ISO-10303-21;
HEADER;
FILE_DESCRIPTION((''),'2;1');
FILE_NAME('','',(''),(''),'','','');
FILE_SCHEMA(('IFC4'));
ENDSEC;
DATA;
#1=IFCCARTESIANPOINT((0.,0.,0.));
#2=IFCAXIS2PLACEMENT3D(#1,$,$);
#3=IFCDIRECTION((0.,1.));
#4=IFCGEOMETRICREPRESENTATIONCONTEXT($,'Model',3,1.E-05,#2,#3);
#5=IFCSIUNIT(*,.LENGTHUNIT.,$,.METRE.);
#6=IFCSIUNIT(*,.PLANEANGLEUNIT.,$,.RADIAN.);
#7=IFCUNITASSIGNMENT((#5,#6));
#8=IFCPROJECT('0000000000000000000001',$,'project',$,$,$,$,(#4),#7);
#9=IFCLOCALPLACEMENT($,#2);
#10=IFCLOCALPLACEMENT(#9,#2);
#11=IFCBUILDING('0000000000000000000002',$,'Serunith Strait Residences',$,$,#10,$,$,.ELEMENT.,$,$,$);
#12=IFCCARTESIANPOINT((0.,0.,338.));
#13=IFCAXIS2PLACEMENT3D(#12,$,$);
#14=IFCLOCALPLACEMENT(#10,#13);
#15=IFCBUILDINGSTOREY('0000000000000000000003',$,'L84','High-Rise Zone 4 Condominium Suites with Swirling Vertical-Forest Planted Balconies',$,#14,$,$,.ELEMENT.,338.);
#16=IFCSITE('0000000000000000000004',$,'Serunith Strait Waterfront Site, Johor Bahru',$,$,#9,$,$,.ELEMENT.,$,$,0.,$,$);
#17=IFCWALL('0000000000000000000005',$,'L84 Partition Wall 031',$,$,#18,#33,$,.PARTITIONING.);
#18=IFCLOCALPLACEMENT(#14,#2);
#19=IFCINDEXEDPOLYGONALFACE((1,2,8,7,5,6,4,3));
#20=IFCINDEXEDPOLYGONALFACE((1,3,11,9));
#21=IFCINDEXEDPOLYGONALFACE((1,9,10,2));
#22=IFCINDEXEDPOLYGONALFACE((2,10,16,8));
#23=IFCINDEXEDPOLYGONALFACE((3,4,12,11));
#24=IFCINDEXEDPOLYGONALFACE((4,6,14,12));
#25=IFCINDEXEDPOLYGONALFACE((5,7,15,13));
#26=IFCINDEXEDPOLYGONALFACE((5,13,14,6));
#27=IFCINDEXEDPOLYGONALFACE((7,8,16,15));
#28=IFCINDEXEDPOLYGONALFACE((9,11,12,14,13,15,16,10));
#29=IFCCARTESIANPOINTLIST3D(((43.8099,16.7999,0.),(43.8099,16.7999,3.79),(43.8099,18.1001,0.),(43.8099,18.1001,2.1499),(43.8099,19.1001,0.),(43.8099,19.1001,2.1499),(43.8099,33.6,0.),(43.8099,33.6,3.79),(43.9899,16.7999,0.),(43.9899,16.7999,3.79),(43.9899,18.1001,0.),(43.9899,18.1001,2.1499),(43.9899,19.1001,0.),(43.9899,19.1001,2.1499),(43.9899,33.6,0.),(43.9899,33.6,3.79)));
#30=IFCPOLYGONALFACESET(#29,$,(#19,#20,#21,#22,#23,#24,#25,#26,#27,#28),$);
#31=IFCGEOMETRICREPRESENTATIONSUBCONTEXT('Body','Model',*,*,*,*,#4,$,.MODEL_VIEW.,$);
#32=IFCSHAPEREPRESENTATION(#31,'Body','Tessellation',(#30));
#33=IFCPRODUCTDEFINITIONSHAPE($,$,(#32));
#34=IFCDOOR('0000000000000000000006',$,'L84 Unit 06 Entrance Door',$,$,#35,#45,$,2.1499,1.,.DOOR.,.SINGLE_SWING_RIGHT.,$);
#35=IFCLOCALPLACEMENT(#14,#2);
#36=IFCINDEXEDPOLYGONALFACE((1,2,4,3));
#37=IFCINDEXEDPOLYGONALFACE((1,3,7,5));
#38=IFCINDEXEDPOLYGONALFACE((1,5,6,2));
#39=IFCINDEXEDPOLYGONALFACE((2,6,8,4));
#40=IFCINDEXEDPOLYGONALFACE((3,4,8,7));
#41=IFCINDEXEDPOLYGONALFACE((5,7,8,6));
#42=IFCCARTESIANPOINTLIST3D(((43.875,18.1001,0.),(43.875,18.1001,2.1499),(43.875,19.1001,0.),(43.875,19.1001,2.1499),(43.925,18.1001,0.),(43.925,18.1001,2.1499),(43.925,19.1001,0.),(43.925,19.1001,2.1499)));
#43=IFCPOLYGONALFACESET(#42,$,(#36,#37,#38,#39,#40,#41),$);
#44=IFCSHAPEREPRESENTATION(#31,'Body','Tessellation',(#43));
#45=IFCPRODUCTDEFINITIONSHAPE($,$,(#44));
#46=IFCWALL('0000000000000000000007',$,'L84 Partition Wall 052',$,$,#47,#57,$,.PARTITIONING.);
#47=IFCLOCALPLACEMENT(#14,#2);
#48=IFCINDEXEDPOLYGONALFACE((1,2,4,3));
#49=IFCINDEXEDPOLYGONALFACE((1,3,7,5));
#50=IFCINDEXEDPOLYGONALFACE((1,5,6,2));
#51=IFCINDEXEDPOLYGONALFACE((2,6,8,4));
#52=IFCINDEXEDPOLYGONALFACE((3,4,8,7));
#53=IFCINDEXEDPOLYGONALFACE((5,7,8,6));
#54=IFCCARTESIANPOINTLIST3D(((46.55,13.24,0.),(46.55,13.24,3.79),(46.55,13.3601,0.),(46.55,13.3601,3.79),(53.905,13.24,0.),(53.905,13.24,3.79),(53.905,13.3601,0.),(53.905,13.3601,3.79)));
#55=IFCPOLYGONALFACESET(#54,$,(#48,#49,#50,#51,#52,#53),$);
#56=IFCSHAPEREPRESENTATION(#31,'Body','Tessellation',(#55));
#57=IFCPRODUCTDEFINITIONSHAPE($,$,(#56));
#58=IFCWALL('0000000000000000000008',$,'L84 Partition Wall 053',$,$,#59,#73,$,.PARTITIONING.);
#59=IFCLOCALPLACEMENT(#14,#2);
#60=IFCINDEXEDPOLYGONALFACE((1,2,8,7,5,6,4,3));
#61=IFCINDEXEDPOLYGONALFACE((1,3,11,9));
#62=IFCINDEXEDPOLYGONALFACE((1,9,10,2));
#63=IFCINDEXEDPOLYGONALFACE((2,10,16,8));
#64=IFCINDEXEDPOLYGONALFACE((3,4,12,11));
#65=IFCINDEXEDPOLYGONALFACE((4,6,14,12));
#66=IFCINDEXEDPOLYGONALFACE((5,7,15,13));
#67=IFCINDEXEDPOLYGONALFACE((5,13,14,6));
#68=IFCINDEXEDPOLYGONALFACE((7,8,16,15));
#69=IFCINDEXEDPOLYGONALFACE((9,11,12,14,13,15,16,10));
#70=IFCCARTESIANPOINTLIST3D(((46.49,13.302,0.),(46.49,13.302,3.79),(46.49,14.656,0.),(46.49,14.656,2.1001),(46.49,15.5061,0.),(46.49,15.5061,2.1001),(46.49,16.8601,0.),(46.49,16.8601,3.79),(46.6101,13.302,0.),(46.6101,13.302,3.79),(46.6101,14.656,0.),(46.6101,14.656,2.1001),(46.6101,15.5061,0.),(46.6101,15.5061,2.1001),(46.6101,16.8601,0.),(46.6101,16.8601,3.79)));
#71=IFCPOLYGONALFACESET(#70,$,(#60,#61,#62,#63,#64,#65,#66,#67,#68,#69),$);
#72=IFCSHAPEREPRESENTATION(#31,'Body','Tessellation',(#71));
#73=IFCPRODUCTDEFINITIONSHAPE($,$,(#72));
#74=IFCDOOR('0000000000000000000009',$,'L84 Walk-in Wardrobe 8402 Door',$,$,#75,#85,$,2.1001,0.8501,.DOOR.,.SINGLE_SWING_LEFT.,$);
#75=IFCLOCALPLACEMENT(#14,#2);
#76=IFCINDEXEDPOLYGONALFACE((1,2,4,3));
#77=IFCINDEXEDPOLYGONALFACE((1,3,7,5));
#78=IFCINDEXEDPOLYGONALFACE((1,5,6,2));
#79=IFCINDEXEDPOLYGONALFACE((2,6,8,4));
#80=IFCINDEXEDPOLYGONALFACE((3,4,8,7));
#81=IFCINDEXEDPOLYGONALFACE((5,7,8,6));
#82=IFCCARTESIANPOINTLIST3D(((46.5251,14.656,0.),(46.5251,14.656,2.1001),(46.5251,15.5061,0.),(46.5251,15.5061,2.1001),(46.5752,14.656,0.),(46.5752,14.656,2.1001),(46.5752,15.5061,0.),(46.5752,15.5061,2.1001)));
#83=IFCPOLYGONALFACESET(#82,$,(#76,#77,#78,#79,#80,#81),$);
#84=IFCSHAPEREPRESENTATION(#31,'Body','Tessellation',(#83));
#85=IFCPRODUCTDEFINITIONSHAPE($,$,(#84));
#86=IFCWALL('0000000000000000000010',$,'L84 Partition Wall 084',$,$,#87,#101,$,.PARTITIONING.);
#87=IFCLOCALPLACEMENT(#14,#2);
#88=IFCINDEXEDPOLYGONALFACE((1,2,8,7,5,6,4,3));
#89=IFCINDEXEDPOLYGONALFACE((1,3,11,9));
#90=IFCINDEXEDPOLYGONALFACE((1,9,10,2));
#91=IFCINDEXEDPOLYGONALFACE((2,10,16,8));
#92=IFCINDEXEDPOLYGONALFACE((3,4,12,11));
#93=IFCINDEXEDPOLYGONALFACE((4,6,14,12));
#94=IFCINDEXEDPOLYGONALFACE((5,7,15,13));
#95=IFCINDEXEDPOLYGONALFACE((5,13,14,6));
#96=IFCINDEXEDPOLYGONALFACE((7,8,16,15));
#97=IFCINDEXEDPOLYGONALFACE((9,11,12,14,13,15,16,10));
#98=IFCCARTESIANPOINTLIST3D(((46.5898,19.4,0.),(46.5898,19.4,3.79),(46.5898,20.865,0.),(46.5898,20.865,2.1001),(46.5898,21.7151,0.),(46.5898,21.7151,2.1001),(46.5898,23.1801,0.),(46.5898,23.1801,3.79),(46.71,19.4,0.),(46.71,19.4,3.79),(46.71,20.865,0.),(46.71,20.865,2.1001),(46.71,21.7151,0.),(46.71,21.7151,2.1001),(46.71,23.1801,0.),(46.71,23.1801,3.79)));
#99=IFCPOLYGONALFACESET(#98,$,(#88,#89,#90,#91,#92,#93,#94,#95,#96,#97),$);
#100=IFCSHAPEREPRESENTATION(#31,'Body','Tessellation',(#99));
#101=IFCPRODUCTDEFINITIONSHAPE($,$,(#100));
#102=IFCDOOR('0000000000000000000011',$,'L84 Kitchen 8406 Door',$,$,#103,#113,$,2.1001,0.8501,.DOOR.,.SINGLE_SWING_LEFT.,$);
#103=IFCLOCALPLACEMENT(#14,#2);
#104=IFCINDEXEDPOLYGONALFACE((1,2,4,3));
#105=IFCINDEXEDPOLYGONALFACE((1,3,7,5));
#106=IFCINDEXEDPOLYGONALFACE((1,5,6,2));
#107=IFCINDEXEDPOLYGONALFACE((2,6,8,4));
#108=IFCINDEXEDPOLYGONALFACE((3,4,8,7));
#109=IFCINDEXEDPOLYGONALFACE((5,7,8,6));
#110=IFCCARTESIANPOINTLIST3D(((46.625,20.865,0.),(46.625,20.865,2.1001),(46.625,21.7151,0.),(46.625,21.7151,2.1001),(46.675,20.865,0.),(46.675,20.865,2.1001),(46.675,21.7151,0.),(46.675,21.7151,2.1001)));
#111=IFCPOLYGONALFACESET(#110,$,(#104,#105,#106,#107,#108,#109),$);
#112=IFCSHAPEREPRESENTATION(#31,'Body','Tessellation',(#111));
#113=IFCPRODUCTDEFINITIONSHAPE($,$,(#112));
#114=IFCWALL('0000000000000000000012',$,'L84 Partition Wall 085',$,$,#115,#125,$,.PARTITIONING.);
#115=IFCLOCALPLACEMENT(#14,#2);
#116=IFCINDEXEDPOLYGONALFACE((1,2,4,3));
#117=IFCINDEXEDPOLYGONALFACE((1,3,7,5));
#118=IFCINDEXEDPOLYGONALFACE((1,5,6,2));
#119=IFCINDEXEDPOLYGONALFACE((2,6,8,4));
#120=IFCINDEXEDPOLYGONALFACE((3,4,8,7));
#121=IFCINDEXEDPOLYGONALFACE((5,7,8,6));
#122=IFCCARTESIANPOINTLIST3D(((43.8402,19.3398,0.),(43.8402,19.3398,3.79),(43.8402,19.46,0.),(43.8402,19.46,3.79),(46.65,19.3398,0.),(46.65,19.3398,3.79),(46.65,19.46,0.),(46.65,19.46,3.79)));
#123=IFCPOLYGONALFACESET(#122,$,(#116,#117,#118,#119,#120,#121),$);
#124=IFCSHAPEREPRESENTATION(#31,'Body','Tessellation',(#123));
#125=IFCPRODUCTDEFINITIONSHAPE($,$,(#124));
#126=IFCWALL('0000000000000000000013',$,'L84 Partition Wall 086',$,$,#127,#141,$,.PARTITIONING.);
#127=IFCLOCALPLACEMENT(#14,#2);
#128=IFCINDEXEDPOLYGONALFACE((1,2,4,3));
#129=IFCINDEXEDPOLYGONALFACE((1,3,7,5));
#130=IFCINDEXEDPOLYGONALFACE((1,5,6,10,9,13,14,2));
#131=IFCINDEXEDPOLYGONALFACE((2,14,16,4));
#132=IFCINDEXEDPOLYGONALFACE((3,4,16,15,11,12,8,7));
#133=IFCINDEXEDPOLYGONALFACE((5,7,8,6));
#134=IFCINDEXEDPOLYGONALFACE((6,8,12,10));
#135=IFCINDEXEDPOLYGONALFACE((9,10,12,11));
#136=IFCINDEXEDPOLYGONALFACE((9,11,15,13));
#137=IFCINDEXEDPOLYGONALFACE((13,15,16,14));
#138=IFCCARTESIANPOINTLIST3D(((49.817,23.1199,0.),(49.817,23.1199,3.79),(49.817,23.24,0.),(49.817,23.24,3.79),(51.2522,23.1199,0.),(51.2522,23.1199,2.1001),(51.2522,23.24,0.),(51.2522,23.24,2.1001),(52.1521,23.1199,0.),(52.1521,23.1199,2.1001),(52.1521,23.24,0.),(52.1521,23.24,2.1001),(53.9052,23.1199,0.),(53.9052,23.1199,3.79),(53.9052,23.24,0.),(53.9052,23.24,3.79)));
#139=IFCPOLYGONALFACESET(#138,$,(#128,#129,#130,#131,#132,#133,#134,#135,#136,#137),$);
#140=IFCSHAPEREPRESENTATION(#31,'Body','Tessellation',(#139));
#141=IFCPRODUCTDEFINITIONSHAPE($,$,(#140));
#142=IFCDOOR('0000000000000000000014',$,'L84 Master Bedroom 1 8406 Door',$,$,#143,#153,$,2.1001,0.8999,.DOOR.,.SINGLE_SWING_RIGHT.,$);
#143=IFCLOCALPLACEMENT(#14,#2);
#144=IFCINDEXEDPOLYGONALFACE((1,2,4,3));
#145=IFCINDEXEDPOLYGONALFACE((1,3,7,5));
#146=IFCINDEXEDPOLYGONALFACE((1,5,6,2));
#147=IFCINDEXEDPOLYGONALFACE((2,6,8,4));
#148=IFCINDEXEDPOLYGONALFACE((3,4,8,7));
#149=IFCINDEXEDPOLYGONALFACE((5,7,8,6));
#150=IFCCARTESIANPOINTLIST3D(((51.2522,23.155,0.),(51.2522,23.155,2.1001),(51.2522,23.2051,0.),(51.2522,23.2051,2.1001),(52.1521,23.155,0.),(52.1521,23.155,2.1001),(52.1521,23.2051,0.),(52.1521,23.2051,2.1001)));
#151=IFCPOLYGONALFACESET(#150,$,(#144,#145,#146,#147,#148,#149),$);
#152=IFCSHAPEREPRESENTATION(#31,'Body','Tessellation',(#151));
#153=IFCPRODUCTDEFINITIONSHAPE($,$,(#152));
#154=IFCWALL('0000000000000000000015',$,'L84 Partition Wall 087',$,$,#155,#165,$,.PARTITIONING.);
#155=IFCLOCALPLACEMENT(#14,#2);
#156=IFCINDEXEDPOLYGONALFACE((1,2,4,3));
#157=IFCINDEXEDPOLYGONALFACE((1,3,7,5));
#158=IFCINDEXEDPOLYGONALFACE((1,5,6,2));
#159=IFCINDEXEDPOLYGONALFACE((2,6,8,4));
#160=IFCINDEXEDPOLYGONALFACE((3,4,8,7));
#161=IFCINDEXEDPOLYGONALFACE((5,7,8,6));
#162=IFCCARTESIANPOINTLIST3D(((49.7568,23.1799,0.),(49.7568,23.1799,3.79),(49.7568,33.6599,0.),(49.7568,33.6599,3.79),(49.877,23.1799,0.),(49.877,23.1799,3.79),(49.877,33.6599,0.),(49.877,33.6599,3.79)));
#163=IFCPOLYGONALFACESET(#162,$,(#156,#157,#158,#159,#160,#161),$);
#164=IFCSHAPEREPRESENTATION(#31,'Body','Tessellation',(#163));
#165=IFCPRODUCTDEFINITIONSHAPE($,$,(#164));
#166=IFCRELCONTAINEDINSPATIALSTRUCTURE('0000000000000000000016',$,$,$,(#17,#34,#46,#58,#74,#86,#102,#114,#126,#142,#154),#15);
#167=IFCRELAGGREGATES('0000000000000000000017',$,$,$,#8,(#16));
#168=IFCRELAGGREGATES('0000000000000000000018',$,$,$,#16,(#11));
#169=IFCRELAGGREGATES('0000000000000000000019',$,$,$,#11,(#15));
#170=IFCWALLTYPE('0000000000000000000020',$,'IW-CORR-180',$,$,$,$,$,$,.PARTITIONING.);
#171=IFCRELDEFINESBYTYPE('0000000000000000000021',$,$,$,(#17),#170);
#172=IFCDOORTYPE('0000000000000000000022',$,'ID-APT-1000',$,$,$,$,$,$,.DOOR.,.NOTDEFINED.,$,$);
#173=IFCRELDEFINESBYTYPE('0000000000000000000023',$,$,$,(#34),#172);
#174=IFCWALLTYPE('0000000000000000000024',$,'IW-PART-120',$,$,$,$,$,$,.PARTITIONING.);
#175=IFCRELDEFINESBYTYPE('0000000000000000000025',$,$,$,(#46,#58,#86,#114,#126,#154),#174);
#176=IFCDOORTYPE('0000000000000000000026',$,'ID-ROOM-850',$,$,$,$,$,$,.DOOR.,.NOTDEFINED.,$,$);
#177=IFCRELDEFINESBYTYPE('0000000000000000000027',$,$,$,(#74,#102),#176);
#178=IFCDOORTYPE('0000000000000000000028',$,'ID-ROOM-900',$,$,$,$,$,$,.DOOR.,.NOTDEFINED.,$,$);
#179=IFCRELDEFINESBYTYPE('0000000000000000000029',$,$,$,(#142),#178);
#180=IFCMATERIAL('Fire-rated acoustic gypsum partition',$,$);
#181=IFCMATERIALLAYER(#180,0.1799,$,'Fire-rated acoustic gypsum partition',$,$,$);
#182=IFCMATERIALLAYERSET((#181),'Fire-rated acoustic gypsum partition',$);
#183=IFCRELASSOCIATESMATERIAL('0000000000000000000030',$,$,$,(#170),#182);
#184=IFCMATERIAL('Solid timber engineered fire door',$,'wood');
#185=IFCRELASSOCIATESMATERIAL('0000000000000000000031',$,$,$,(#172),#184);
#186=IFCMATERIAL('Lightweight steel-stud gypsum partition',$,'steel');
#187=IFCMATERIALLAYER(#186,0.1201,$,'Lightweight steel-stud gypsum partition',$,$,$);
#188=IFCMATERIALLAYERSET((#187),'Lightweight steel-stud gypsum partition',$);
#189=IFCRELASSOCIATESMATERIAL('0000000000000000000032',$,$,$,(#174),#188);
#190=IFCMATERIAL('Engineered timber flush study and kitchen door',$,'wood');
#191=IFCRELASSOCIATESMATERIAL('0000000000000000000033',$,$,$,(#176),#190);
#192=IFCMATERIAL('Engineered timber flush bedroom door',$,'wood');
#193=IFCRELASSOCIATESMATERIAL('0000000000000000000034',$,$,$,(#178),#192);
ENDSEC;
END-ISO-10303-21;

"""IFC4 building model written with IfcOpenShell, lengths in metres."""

from ifc_helpers import new_model, si_unit, direction, frame, frame_2d, origin, place, context, subcontext, project, spatial, rectangle, extrude, source, transform, mapped, material, layer, layer_set, type_object, element, fill, save


model = new_model("IFC4")

# Units and contexts
model_context = context("Model", 3, precision=1e-05, world=origin(), true_north=direction((0.0, 1.0)))
body_context = subcontext(model_context, "Body", "Model", "MODEL_VIEW")
ifc_project = project(units=[si_unit("LENGTHUNIT", "METRE"), si_unit("PLANEANGLEUNIT", "RADIAN")], contexts=[model_context])

# Site, building, storey
site_placement = place(None, origin())
site = spatial("IfcSite", under=ifc_project, at=site_placement, Name="Serunith Strait Waterfront Site, Johor Bahru", CompositionType="ELEMENT", RefElevation=0.0)
building_placement = place(site_placement, origin())
building = spatial("IfcBuilding", under=site, at=building_placement, Name="Serunith Strait Residences", CompositionType="ELEMENT")
storey_placement = place(building_placement, frame((0.0, 0.0, 338.0)))
storey = spatial("IfcBuildingStorey", under=building, at=storey_placement, Name="L84", Description="High-Rise Zone 4 Condominium Suites with Swirling Vertical-Forest Planted Balconies", CompositionType="ELEMENT", Elevation=338.0)

# Wall, opening, door
ifc_material_1 = material(Name="Fire-rated acoustic gypsum partition")
ifc_layer_1 = layer(ifc_material_1, 0.1799, Name="Fire-rated acoustic gypsum partition")
ifc_layer_set_1 = layer_set([ifc_layer_1], Name="Fire-rated acoustic gypsum partition")
wall_type_1 = type_object("IfcWallType", Name="IW-CORR-180", PredefinedType="PARTITIONING", material=ifc_layer_set_1)
wall_1_placement = place(storey_placement, frame((43.8999, 16.8, 0.0), z_axis=(0.0, 0.0, 1.0), x_axis=(0.0, 1.0, 0.0)))
wall_1 = element("IfcWall", 1, at=wall_1_placement, inside=storey, type_object=wall_type_1, Name="L84 Partition Wall 031", PredefinedType="PARTITIONING", context=body_context, shape_type="SweptSolid", body=[
    extrude(rectangle(XDim=16.8, YDim=0.1799, at=frame_2d((8.3999, 0.0))), origin(), (0.0, 0.0, 1.0), 3.79),
])
opening_1_placement = place(wall_1_placement, frame((1.3, 0.0, 0.0)))
opening_1 = element("IfcOpeningElement", 2, at=opening_1_placement, cuts=wall_1, PredefinedType="OPENING", context=body_context, shape_type="SweptSolid", body=[
    extrude(rectangle(XDim=1.0, YDim=2.1499, at=frame_2d((0.5, 1.075))), frame((0.0, 0.1001, 0.0), z_axis=(0.0, -1.0, 0.0), x_axis=(1.0, 0.0, 0.0)), (0.0, 0.0, 1.0), 0.2),
])
ifc_material_2 = material(Name="Solid timber engineered fire door", Category="wood")
door_type_1 = type_object("IfcDoorType", Name="ID-APT-1000", OperationType="NOTDEFINED", PredefinedType="DOOR", material=ifc_material_2)
shared_shape_1 = source(origin(), body_context, "Body", "SweptSolid", [
    extrude(rectangle(XDim=1.0, YDim=2.1499, at=frame_2d((0.5, 1.075))), frame((0.0, 0.0249, 0.0), z_axis=(0.0, -1.0, 0.0), x_axis=(1.0, 0.0, 0.0)), (0.0, 0.0, 1.0), 0.05),
])
door_1_placement = place(opening_1_placement, origin())
door_1 = element("IfcDoor", 3, at=door_1_placement, inside=storey, type_object=door_type_1, Name="L84 Unit 06 Entrance Door", OperationType="SINGLE_SWING_RIGHT", OverallHeight=2.1499, OverallWidth=1.0, PredefinedType="DOOR", context=body_context, shape_type="MappedRepresentation", body=[
    mapped(shared_shape_1, transform((0.0, 0.0, 0.0), scale=1.0)),
])
fill(opening_1, door_1)

# Wall
ifc_material_3 = material(Name="Lightweight steel-stud gypsum partition", Category="steel")
ifc_layer_2 = layer(ifc_material_3, 0.1201, Name="Lightweight steel-stud gypsum partition")
ifc_layer_set_2 = layer_set([ifc_layer_2], Name="Lightweight steel-stud gypsum partition")
wall_type_2 = type_object("IfcWallType", Name="IW-PART-120", PredefinedType="PARTITIONING", material=ifc_layer_set_2)
wall_2_placement = place(storey_placement, frame((46.55, 13.3, 0.0), z_axis=(0.0, 0.0, 1.0), x_axis=(1.0, 0.0, 0.0)))
element("IfcWall", 4, at=wall_2_placement, inside=storey, type_object=wall_type_2, Name="L84 Partition Wall 052", PredefinedType="PARTITIONING", context=body_context, shape_type="SweptSolid", body=[
    extrude(rectangle(XDim=7.355, YDim=0.1201, at=frame_2d((3.6775, 0.0))), origin(), (0.0, 0.0, 1.0), 3.79),
])

# Walls, openings, doors
wall_3_placement = place(storey_placement, frame((46.55, 13.302, 0.0), z_axis=(0.0, 0.0, 1.0), x_axis=(0.0, 1.0, 0.0)))
wall_3 = element("IfcWall", 5, at=wall_3_placement, inside=storey, type_object=wall_type_2, Name="L84 Partition Wall 053", PredefinedType="PARTITIONING", context=body_context, shape_type="SweptSolid", body=[
    extrude(rectangle(XDim=3.5581, YDim=0.1201, at=frame_2d((1.7791, 0.0))), origin(), (0.0, 0.0, 1.0), 3.79),
])
opening_2_placement = place(wall_3_placement, frame((1.354, 0.0, 0.0)))
opening_2 = element("IfcOpeningElement", 6, at=opening_2_placement, cuts=wall_3, PredefinedType="OPENING", context=body_context, shape_type="SweptSolid", body=[
    extrude(rectangle(XDim=0.8501, YDim=2.1001, at=frame_2d((0.425, 1.05))), frame((0.0, 0.0701, 0.0), z_axis=(0.0, -1.0, 0.0), x_axis=(1.0, 0.0, 0.0)), (0.0, 0.0, 1.0), 0.1401),
])
ifc_material_4 = material(Name="Engineered timber flush study and kitchen door", Category="wood")
door_type_2 = type_object("IfcDoorType", Name="ID-ROOM-850", OperationType="NOTDEFINED", PredefinedType="DOOR", material=ifc_material_4)
shared_shape_2 = source(origin(), body_context, "Body", "SweptSolid", [
    extrude(rectangle(XDim=0.8501, YDim=2.1001, at=frame_2d((0.425, 1.05))), frame((0.0, 0.0249, 0.0), z_axis=(0.0, -1.0, 0.0), x_axis=(1.0, 0.0, 0.0)), (0.0, 0.0, 1.0), 0.05),
])
door_2_placement = place(opening_2_placement, origin())
door_2 = element("IfcDoor", 7, at=door_2_placement, inside=storey, type_object=door_type_2, Name="L84 Walk-in Wardrobe 8402 Door", OperationType="SINGLE_SWING_LEFT", OverallHeight=2.1001, OverallWidth=0.8501, PredefinedType="DOOR", context=body_context, shape_type="MappedRepresentation", body=[
    mapped(shared_shape_2, transform((0.0, 0.0, 0.0), scale=1.0)),
])
fill(opening_2, door_2)
wall_4_placement = place(storey_placement, frame((46.6499, 19.3999, 0.0), z_axis=(0.0, 0.0, 1.0), x_axis=(0.0, 1.0, 0.0)))
wall_4 = element("IfcWall", 8, at=wall_4_placement, inside=storey, type_object=wall_type_2, Name="L84 Partition Wall 084", PredefinedType="PARTITIONING", context=body_context, shape_type="SweptSolid", body=[
    extrude(rectangle(XDim=3.78, YDim=0.1201, at=frame_2d((1.8901, 0.0))), origin(), (0.0, 0.0, 1.0), 3.79),
])
opening_3_placement = place(wall_4_placement, frame((1.4651, 0.0, 0.0)))
opening_3 = element("IfcOpeningElement", 9, at=opening_3_placement, cuts=wall_4, PredefinedType="OPENING", context=body_context, shape_type="SweptSolid", body=[
    extrude(rectangle(XDim=0.8501, YDim=2.1001, at=frame_2d((0.425, 1.05))), frame((0.0, 0.0701, 0.0), z_axis=(0.0, -1.0, 0.0), x_axis=(1.0, 0.0, 0.0)), (0.0, 0.0, 1.0), 0.1401),
])
door_3_placement = place(opening_3_placement, origin())
door_3 = element("IfcDoor", 10, at=door_3_placement, inside=storey, type_object=door_type_2, Name="L84 Kitchen 8406 Door", OperationType="SINGLE_SWING_LEFT", OverallHeight=2.1001, OverallWidth=0.8501, PredefinedType="DOOR", context=body_context, shape_type="MappedRepresentation", body=[
    mapped(shared_shape_2, transform((0.0, 0.0, 0.0), scale=1.0)),
])
fill(opening_3, door_3)

# Wall
wall_5_placement = place(storey_placement, frame((46.6499, 19.3999, 0.0), z_axis=(0.0, 0.0, 1.0), x_axis=(-1.0, 0.0, 0.0)))
element("IfcWall", 11, at=wall_5_placement, inside=storey, type_object=wall_type_2, Name="L84 Partition Wall 085", PredefinedType="PARTITIONING", context=body_context, shape_type="SweptSolid", body=[
    extrude(rectangle(XDim=2.8098, YDim=0.1201, at=frame_2d((1.4048, 0.0))), origin(), (0.0, 0.0, 1.0), 3.79),
])

# Wall, opening, door
wall_6_placement = place(storey_placement, frame((53.905, 23.1799, 0.0), z_axis=(0.0, 0.0, 1.0), x_axis=(-1.0, 0.0, 0.0)))
wall_6 = element("IfcWall", 12, at=wall_6_placement, inside=storey, type_object=wall_type_2, Name="L84 Partition Wall 086", PredefinedType="PARTITIONING", context=body_context, shape_type="SweptSolid", body=[
    extrude(rectangle(XDim=4.0881, YDim=0.1201, at=frame_2d((2.0439, 0.0))), origin(), (0.0, 0.0, 1.0), 3.79),
])
opening_4_placement = place(wall_6_placement, frame((1.7529, 0.0, 0.0)))
opening_4 = element("IfcOpeningElement", 13, at=opening_4_placement, cuts=wall_6, PredefinedType="OPENING", context=body_context, shape_type="SweptSolid", body=[
    extrude(rectangle(XDim=0.8999, YDim=2.1001, at=frame_2d((0.45, 1.05))), frame((0.0, 0.0701, 0.0), z_axis=(0.0, -1.0, 0.0), x_axis=(1.0, 0.0, 0.0)), (0.0, 0.0, 1.0), 0.1401),
])
ifc_material_5 = material(Name="Engineered timber flush bedroom door", Category="wood")
door_type_3 = type_object("IfcDoorType", Name="ID-ROOM-900", OperationType="NOTDEFINED", PredefinedType="DOOR", material=ifc_material_5)
shared_shape_3 = source(origin(), body_context, "Body", "SweptSolid", [
    extrude(rectangle(XDim=0.8999, YDim=2.1001, at=frame_2d((0.45, 1.05))), frame((0.0, 0.0249, 0.0), z_axis=(0.0, -1.0, 0.0), x_axis=(1.0, 0.0, 0.0)), (0.0, 0.0, 1.0), 0.05),
])
door_4_placement = place(opening_4_placement, origin())
door_4 = element("IfcDoor", 14, at=door_4_placement, inside=storey, type_object=door_type_3, Name="L84 Master Bedroom 1 8406 Door", OperationType="SINGLE_SWING_RIGHT", OverallHeight=2.1001, OverallWidth=0.8999, PredefinedType="DOOR", context=body_context, shape_type="MappedRepresentation", body=[
    mapped(shared_shape_3, transform((0.0, 0.0, 0.0), scale=1.0)),
])
fill(opening_4, door_4)

# Wall
wall_7_placement = place(storey_placement, frame((49.8169, 23.1799, 0.0), z_axis=(0.0, 0.0, 1.0), x_axis=(0.0, 1.0, 0.0)))
element("IfcWall", 15, at=wall_7_placement, inside=storey, type_object=wall_type_2, Name="L84 Partition Wall 087", PredefinedType="PARTITIONING", context=body_context, shape_type="SweptSolid", body=[
    extrude(rectangle(XDim=10.48, YDim=0.1201, at=frame_2d((5.24, 0.0))), origin(), (0.0, 0.0, 1.0), 3.79),
])

save(model, "model.ifc")
